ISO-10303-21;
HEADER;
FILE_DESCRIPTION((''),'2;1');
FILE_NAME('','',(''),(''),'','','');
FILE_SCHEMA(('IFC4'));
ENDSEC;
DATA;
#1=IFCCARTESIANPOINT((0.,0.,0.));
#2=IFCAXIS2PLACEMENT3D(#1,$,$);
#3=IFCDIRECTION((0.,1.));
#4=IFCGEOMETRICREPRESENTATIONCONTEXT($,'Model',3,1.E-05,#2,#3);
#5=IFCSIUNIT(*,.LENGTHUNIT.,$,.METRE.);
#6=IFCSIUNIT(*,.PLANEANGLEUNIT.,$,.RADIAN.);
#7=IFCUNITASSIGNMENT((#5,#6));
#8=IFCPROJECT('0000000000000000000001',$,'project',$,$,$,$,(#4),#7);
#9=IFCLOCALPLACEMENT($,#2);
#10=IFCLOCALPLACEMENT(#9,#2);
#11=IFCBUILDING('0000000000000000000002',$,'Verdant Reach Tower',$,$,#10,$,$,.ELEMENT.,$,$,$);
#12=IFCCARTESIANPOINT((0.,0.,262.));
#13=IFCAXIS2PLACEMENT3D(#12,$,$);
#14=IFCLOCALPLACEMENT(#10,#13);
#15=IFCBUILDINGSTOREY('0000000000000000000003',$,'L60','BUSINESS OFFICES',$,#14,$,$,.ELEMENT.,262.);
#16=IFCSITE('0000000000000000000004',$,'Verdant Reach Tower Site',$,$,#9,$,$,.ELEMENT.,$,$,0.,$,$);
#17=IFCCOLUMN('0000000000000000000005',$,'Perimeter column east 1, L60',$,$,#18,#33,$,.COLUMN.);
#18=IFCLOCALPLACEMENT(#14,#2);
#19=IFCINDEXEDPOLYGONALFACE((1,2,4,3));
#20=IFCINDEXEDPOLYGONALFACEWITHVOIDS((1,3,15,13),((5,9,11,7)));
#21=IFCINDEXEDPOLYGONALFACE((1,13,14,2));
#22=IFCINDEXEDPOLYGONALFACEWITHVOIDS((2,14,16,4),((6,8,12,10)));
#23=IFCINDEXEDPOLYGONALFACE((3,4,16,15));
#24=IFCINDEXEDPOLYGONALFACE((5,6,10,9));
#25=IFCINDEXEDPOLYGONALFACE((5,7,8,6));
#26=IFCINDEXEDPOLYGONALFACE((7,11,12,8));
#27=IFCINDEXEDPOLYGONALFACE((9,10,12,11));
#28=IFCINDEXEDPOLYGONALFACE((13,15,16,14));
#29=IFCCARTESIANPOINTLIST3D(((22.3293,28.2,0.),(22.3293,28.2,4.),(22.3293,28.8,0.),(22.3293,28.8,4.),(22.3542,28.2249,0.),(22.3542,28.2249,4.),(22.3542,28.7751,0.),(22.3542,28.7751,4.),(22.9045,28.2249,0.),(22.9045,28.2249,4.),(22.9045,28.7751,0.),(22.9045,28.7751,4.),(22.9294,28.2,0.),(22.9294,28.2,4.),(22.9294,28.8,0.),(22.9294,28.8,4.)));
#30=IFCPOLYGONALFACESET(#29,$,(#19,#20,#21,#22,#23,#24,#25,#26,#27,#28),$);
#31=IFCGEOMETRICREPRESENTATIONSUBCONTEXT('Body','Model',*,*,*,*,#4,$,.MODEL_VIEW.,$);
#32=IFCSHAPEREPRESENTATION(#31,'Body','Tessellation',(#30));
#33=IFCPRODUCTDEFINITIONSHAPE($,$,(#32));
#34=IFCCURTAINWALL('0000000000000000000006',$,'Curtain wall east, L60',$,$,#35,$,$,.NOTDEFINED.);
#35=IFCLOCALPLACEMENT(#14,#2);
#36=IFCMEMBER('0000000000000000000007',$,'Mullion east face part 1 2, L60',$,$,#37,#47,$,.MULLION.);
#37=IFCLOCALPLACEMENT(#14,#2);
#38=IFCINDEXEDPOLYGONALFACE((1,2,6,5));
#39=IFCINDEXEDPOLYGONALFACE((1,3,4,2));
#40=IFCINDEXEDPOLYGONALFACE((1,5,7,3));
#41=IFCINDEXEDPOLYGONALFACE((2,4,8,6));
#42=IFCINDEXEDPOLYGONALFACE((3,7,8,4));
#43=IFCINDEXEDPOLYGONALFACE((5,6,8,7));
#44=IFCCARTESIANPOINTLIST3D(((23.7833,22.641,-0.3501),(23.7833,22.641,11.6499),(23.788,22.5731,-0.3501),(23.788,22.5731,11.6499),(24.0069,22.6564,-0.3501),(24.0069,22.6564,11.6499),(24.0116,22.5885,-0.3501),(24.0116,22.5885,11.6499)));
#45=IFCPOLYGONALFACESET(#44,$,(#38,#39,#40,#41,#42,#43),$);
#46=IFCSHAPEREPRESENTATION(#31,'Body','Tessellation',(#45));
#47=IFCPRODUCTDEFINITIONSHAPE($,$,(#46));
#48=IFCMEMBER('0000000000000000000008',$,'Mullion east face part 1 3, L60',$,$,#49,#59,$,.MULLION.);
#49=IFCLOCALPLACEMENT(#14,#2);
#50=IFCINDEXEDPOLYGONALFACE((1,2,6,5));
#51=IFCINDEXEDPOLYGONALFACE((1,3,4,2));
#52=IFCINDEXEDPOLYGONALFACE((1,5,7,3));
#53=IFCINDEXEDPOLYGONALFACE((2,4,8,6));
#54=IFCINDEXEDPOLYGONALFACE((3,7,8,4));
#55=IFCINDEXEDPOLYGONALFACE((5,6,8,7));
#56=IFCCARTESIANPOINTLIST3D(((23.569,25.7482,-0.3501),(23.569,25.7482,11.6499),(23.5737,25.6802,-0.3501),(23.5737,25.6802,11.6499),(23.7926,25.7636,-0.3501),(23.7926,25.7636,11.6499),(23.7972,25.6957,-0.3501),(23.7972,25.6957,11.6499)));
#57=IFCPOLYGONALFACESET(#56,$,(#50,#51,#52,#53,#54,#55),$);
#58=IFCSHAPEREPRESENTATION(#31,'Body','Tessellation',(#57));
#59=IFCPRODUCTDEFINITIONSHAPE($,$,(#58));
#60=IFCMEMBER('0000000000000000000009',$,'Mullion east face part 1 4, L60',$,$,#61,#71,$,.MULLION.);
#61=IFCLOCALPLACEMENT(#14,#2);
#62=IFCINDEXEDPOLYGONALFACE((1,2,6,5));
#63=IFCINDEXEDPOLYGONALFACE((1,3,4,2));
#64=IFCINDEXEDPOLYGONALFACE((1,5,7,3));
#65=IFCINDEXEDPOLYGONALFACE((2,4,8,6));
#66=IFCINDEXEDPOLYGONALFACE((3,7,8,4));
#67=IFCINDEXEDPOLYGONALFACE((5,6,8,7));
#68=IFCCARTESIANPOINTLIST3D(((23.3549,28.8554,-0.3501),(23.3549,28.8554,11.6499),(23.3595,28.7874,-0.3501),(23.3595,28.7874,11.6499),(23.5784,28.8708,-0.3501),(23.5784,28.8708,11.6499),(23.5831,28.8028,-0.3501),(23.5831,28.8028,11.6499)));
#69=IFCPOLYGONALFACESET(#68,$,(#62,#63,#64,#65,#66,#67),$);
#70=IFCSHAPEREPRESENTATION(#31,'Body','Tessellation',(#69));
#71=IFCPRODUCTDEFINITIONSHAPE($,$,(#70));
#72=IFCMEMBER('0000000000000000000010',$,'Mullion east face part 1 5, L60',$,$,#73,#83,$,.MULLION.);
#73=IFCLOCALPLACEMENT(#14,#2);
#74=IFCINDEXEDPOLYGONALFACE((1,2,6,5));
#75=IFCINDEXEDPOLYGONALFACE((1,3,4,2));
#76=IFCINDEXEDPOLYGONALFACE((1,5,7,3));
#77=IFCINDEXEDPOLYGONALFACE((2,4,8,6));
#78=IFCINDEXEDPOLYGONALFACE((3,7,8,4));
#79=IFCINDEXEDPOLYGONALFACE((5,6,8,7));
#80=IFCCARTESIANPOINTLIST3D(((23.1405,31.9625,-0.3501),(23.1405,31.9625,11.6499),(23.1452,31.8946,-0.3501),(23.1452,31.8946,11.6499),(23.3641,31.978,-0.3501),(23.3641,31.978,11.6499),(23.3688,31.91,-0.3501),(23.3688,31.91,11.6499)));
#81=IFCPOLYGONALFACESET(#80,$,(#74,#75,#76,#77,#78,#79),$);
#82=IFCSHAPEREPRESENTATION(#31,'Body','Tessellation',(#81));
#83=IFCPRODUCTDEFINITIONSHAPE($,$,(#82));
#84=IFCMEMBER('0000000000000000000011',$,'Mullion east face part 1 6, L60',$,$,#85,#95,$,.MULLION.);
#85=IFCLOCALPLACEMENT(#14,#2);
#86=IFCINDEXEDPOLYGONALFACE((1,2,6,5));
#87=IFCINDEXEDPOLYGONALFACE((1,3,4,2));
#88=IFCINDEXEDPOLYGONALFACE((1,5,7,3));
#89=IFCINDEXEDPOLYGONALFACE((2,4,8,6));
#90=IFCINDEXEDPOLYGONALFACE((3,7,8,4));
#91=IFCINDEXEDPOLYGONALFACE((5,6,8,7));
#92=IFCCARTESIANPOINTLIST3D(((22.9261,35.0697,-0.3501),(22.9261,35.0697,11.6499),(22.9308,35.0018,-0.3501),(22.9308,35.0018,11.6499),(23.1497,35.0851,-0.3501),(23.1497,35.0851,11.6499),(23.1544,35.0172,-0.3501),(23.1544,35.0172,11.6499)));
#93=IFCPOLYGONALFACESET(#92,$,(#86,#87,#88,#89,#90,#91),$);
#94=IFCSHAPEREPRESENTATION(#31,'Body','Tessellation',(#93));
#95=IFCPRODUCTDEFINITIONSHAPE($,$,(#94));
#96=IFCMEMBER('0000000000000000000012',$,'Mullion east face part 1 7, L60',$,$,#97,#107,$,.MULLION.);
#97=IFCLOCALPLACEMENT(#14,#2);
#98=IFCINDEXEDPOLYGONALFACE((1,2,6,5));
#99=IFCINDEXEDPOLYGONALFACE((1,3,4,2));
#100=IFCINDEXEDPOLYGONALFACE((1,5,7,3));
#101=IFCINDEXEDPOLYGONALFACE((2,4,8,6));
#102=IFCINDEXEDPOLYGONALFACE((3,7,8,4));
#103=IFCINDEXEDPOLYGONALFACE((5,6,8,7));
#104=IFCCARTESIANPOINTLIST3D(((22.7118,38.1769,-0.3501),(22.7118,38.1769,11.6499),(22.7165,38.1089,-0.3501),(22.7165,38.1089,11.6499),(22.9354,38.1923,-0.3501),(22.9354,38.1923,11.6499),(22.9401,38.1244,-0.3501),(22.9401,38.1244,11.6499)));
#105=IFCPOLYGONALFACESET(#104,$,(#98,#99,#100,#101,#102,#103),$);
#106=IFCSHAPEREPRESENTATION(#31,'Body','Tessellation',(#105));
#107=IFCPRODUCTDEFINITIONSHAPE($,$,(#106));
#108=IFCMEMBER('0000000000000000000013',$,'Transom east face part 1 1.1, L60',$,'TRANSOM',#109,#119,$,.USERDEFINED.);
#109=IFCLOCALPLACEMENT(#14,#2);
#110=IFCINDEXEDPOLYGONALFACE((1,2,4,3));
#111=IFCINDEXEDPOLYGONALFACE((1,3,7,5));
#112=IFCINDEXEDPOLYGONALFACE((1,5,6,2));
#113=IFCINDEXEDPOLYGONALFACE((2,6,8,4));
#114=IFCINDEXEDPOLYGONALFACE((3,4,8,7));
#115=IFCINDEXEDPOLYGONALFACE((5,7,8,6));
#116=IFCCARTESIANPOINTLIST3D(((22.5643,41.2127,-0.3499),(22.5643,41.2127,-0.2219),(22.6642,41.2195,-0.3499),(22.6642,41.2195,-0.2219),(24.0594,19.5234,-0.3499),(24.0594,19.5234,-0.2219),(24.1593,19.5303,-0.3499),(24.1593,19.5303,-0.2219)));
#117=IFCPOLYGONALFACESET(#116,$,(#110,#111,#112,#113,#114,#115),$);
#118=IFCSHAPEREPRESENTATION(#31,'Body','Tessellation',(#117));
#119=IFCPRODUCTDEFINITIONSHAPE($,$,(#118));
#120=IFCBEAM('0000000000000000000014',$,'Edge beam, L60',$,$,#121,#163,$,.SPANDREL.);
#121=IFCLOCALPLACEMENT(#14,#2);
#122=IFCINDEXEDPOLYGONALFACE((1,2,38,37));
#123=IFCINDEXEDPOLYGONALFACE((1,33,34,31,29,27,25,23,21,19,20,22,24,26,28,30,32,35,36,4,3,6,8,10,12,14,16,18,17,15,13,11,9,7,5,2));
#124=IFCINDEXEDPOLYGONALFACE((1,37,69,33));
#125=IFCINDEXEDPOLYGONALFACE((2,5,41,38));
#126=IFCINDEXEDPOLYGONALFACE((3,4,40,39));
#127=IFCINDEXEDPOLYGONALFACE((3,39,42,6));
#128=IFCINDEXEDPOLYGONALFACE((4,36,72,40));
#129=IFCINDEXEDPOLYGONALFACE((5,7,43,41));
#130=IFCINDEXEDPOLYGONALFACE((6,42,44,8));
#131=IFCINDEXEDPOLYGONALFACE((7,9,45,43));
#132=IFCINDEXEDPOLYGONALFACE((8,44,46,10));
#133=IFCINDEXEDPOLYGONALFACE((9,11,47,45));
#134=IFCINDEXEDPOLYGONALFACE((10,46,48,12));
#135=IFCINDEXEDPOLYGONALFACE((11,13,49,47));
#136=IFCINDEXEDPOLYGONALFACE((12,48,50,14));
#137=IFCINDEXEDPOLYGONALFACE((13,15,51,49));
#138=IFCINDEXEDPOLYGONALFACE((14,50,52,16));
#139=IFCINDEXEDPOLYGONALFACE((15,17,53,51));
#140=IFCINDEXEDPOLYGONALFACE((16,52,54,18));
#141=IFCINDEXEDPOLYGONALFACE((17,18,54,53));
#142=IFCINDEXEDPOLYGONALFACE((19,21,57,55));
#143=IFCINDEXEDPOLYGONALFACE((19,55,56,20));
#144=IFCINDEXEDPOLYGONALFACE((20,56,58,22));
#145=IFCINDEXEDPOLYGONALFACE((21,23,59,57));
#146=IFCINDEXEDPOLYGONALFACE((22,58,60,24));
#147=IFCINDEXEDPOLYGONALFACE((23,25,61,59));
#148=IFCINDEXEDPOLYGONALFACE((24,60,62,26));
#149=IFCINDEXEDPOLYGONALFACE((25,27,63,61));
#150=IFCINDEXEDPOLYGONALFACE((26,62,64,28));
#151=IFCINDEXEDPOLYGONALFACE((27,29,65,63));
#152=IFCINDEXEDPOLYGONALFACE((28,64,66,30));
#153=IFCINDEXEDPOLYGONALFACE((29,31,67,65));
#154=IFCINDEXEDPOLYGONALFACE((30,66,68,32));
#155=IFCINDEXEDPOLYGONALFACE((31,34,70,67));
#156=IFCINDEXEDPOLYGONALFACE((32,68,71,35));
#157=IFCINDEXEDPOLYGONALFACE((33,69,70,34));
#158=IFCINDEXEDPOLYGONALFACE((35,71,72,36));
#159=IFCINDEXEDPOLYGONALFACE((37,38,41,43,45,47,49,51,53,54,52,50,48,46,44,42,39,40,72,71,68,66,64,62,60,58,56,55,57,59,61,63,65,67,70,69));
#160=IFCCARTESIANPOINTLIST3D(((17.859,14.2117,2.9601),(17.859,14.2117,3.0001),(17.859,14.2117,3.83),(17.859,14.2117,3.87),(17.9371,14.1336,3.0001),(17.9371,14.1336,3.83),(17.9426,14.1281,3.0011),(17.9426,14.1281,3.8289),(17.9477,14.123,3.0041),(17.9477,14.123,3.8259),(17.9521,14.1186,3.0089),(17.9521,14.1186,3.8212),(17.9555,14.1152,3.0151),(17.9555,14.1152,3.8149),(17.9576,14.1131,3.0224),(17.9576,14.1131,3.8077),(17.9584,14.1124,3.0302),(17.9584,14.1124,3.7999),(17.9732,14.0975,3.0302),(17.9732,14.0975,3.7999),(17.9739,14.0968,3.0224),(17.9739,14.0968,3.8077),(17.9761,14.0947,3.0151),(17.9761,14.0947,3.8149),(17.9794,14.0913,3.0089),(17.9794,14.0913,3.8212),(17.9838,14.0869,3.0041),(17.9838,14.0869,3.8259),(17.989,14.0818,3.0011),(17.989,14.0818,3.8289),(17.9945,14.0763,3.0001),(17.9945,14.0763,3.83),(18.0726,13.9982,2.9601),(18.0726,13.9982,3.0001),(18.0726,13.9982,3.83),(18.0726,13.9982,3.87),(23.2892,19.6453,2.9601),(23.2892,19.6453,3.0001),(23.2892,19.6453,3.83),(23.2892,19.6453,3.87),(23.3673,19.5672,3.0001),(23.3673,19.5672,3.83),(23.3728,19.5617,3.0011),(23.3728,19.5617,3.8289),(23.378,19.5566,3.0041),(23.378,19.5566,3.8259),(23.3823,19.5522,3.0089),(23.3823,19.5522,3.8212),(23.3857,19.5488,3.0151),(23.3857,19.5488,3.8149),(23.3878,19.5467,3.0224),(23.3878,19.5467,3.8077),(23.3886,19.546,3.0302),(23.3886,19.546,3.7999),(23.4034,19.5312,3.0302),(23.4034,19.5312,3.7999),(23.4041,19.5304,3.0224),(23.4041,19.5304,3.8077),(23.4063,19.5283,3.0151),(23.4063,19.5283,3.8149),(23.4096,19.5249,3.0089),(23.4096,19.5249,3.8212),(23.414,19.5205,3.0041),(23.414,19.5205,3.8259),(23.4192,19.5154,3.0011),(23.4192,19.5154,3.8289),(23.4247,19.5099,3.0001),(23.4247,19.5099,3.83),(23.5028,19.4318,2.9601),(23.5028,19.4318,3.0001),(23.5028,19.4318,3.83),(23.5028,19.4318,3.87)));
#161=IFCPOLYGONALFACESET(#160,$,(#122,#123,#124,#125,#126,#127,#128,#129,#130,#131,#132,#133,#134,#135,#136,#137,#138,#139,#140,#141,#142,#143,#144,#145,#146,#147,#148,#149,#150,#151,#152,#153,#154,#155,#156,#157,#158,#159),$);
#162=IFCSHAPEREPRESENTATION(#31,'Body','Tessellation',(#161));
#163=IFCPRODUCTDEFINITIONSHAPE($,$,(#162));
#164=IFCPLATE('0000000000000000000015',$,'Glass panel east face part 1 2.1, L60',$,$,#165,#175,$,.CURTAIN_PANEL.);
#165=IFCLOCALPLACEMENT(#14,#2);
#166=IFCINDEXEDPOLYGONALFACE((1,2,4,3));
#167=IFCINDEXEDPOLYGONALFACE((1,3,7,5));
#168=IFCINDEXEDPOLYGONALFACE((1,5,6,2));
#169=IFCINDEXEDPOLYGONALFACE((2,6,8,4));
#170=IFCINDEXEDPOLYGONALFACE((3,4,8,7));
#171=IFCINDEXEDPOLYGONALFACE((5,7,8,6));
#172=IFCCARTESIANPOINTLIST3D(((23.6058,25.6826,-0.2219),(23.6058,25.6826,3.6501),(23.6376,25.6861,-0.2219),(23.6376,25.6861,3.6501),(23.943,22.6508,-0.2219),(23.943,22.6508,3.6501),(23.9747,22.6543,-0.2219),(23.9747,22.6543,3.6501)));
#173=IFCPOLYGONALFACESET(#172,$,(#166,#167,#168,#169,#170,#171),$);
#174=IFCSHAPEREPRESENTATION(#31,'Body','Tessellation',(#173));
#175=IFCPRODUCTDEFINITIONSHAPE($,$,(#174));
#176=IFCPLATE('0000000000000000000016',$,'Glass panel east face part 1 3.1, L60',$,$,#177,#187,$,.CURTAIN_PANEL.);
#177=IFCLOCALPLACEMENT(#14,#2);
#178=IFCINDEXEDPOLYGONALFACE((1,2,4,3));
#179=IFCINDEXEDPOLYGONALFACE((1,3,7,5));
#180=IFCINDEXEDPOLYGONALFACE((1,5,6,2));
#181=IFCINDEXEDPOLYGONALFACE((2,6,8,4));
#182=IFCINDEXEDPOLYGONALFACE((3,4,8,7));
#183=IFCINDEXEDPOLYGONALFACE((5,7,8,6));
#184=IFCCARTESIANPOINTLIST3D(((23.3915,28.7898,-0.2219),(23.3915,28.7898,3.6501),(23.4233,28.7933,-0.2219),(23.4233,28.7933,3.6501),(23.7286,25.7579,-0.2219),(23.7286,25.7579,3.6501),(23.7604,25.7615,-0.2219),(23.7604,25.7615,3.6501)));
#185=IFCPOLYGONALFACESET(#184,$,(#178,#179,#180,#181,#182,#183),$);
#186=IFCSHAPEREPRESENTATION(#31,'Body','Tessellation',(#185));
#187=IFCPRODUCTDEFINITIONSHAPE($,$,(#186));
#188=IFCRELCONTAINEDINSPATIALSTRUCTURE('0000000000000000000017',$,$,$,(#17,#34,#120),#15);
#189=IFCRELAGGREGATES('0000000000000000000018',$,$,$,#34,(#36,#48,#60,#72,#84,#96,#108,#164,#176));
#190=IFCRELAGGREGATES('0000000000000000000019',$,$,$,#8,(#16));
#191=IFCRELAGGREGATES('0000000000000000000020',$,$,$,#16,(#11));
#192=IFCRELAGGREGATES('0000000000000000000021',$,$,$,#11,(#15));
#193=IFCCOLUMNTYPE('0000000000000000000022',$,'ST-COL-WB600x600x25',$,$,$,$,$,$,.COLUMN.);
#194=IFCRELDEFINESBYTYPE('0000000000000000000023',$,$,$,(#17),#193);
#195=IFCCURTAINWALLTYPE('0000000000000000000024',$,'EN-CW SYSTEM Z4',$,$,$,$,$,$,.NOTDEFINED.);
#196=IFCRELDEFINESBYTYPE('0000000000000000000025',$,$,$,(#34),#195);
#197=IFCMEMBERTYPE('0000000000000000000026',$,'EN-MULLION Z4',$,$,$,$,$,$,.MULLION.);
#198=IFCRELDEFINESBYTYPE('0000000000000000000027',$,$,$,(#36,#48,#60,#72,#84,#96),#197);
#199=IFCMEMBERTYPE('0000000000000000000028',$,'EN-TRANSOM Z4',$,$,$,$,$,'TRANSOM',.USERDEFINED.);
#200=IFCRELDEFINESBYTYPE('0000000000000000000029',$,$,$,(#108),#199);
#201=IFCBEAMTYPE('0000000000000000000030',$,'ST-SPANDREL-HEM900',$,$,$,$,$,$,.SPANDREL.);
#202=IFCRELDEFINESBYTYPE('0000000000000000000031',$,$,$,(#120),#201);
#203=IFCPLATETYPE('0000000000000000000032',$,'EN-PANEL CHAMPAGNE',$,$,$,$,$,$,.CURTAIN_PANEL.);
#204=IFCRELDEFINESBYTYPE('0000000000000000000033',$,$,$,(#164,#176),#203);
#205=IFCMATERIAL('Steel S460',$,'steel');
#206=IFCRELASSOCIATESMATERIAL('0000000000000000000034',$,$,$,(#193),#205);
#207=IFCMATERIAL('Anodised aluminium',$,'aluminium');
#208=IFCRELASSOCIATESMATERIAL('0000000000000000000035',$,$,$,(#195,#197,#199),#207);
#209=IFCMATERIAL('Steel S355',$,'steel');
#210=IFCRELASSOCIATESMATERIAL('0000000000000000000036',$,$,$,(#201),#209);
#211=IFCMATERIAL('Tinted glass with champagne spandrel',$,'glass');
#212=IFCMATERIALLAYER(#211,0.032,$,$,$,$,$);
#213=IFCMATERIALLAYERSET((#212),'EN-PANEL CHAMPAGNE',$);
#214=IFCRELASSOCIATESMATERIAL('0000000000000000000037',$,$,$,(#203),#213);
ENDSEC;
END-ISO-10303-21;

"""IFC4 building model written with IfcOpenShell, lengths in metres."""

from ifc_helpers import new_model, si_unit, direction, frame, origin, origin_2d, place, context, subcontext, project, spatial, rectangle, hollow_rectangle, i_section, extrude, material, layer, layer_set, material_profile, profile_set, type_object, element, aggregate, save


model = new_model("IFC4")

# Units and contexts
model_context = context("Model", 3, precision=1e-05, world=origin(), true_north=direction((0.0, 1.0)))
body_context = subcontext(model_context, "Body", "Model", "MODEL_VIEW")
ifc_project = project(units=[si_unit("LENGTHUNIT", "METRE"), si_unit("PLANEANGLEUNIT", "RADIAN")], contexts=[model_context])

# Site, building, storey
site_placement = place(None, origin())
site = spatial("IfcSite", under=ifc_project, at=site_placement, Name="Verdant Reach Tower Site", CompositionType="ELEMENT", RefElevation=0.0)
building_placement = place(site_placement, origin())
building = spatial("IfcBuilding", under=site, at=building_placement, Name="Verdant Reach Tower", CompositionType="ELEMENT")
storey_placement = place(building_placement, frame((0.0, 0.0, 262.0)))
storey = spatial("IfcBuildingStorey", under=building, at=storey_placement, Name="L60", Description="BUSINESS OFFICES", CompositionType="ELEMENT", Elevation=262.0)

# Column
ifc_material_1 = material(Name="Steel S460", Category="steel")
ifc_material_profile_1 = material_profile(ifc_material_1, hollow_rectangle(XDim=0.6001, YDim=0.6001, WallThickness=0.0249, at=origin_2d()), Name="WB 600x600x25")
ifc_profile_set_1 = profile_set([ifc_material_profile_1], Name="Steel S460")
column_type = type_object("IfcColumnType", Name="ST-COL-WB600x600x25", PredefinedType="COLUMN", material=ifc_profile_set_1)
column_placement = place(storey_placement, frame((22.6294, 28.5, 0.0), z_axis=(0.0, 0.0, 1.0), x_axis=(1.0, 0.0, 0.0)))
element("IfcColumn", 1, at=column_placement, inside=storey, type_object=column_type, Name="Perimeter column east 1, L60", PredefinedType="COLUMN", context=body_context, shape_type="SweptSolid", body=[
    extrude(hollow_rectangle(XDim=0.6001, YDim=0.6001, WallThickness=0.0249, at=origin_2d()), origin(), (0.0, 0.0, 1.0), 4.0),
])

# Curtain wall, members
ifc_material_2 = material(Name="Anodised aluminium", Category="aluminium")
curtain_wall_type = type_object("IfcCurtainWallType", Name="EN-CW SYSTEM Z4", PredefinedType="NOTDEFINED", material=ifc_material_2)
curtain_wall_placement = place(storey_placement, origin())
curtain_wall = element("IfcCurtainWall", 2, at=curtain_wall_placement, inside=storey, type_object=curtain_wall_type, Name="Curtain wall east, L60", PredefinedType="NOTDEFINED")
ifc_material_profile_2 = material_profile(ifc_material_2, rectangle(XDim=0.2241, YDim=0.0681, at=origin_2d()), Name="Mullion 68x224")
ifc_profile_set_2 = profile_set([ifc_material_profile_2], Name="Anodised aluminium")
member_type_1 = type_object("IfcMemberType", Name="EN-MULLION Z4", PredefinedType="MULLION", material=ifc_profile_set_2)
member_1_placement = place(storey_placement, frame((23.8975, 22.6147, -0.3501), z_axis=(0.0, 0.0, 1.0), x_axis=(0.99763, 0.068802, 0.0)))
member_1 = element("IfcMember", 3, at=member_1_placement, type_object=member_type_1, Name="Mullion east face part 1 2, L60", PredefinedType="MULLION", context=body_context, shape_type="SweptSolid", body=[
    extrude(rectangle(XDim=0.2241, YDim=0.0681, at=origin_2d()), origin(), (0.0, 0.0, 1.0), 12.0),
])
member_2_placement = place(storey_placement, frame((23.6831, 25.7219, -0.3501), z_axis=(0.0, 0.0, 1.0), x_axis=(0.99763, 0.068802, 0.0)))
member_2 = element("IfcMember", 4, at=member_2_placement, type_object=member_type_1, Name="Mullion east face part 1 3, L60", PredefinedType="MULLION", context=body_context, shape_type="SweptSolid", body=[
    extrude(rectangle(XDim=0.2241, YDim=0.0681, at=origin_2d()), origin(), (0.0, 0.0, 1.0), 12.0),
])
member_3_placement = place(storey_placement, frame((23.469, 28.8291, -0.3501), z_axis=(0.0, 0.0, 1.0), x_axis=(0.99763, 0.068802, 0.0)))
member_3 = element("IfcMember", 5, at=member_3_placement, type_object=member_type_1, Name="Mullion east face part 1 4, L60", PredefinedType="MULLION", context=body_context, shape_type="SweptSolid", body=[
    extrude(rectangle(XDim=0.2241, YDim=0.0681, at=origin_2d()), origin(), (0.0, 0.0, 1.0), 12.0),
])
member_4_placement = place(storey_placement, frame((23.2546, 31.9363, -0.3501), z_axis=(0.0, 0.0, 1.0), x_axis=(0.99763, 0.068802, 0.0)))
member_4 = element("IfcMember", 6, at=member_4_placement, type_object=member_type_1, Name="Mullion east face part 1 5, L60", PredefinedType="MULLION", context=body_context, shape_type="SweptSolid", body=[
    extrude(rectangle(XDim=0.2241, YDim=0.0681, at=origin_2d()), origin(), (0.0, 0.0, 1.0), 12.0),
])
member_5_placement = place(storey_placement, frame((23.0403, 35.0435, -0.3501), z_axis=(0.0, 0.0, 1.0), x_axis=(0.99763, 0.068802, 0.0)))
member_5 = element("IfcMember", 7, at=member_5_placement, type_object=member_type_1, Name="Mullion east face part 1 6, L60", PredefinedType="MULLION", context=body_context, shape_type="SweptSolid", body=[
    extrude(rectangle(XDim=0.2241, YDim=0.0681, at=origin_2d()), origin(), (0.0, 0.0, 1.0), 12.0),
])
member_6_placement = place(storey_placement, frame((22.8259, 38.1506, -0.3501), z_axis=(0.0, 0.0, 1.0), x_axis=(0.99763, 0.068802, 0.0)))
member_6 = element("IfcMember", 8, at=member_6_placement, type_object=member_type_1, Name="Mullion east face part 1 7, L60", PredefinedType="MULLION", context=body_context, shape_type="SweptSolid", body=[
    extrude(rectangle(XDim=0.2241, YDim=0.0681, at=origin_2d()), origin(), (0.0, 0.0, 1.0), 12.0),
])
ifc_material_profile_3 = material_profile(ifc_material_2, rectangle(XDim=0.1001, YDim=0.1279, at=origin_2d()), Name="Transom 128x100")
ifc_profile_set_3 = profile_set([ifc_material_profile_3], Name="Anodised aluminium")
member_type_2 = type_object("IfcMemberType", Name="EN-TRANSOM Z4", ElementType="TRANSOM", PredefinedType="USERDEFINED", material=ifc_profile_set_3)
member_7_placement = place(storey_placement, frame((24.1094, 19.5269, -0.2859), z_axis=(-0.06877, 0.997633, 0.0), x_axis=(-0.997633, -0.06877, 0.0)))
member_7 = element("IfcMember", 9, at=member_7_placement, type_object=member_type_2, Name="Transom east face part 1 1.1, L60", ObjectType="TRANSOM", PredefinedType="USERDEFINED", context=body_context, shape_type="SweptSolid", body=[
    extrude(rectangle(XDim=0.1001, YDim=0.1279, at=origin_2d()), origin(), (0.0, 0.0, 1.0), 21.7407),
])

# Beam
ifc_material_3 = material(Name="Steel S355", Category="steel")
ifc_material_profile_4 = material_profile(ifc_material_3, i_section(OverallWidth=0.302, OverallDepth=0.9099, WebThickness=0.021, FlangeThickness=0.04, FilletRadius=0.03, at=origin_2d()), Name="HEM 900")
ifc_profile_set_4 = profile_set([ifc_material_profile_4], Name="Steel S355")
beam_type = type_object("IfcBeamType", Name="ST-SPANDREL-HEM900", PredefinedType="SPANDREL", material=ifc_profile_set_4)
beam_placement = place(storey_placement, frame((23.396, 19.5386, 3.415), z_axis=(-0.706884, -0.707329, 0.0), x_axis=(0.707329, -0.706884, 0.0)))
element("IfcBeam", 10, at=beam_placement, inside=storey, type_object=beam_type, Name="Edge beam, L60", PredefinedType="SPANDREL", context=body_context, shape_type="SweptSolid", body=[
    extrude(i_section(OverallWidth=0.302, OverallDepth=0.9099, WebThickness=0.021, FlangeThickness=0.04, FilletRadius=0.03, at=origin_2d()), origin(), (0.0, 0.0, 1.0), 7.6819),
])

# Plates
ifc_material_4 = material(Name="Tinted glass with champagne spandrel", Category="glass")
ifc_layer_1 = layer(ifc_material_4, 0.032)
ifc_layer_set_1 = layer_set([ifc_layer_1], Name="EN-PANEL CHAMPAGNE")
plate_type_1 = type_object("IfcPlateType", Name="EN-PANEL CHAMPAGNE", PredefinedType="CURTAIN_PANEL", material=ifc_layer_set_1)
plate_1_placement = place(storey_placement, frame((23.7903, 24.1685, -0.2219), z_axis=(0.0, 0.0, 1.0), x_axis=(-0.110518, 0.993874, 0.0)))
plate_1 = element("IfcPlate", 11, at=plate_1_placement, type_object=plate_type_1, Name="Glass panel east face part 1 2.1, L60", PredefinedType="CURTAIN_PANEL", context=body_context, shape_type="SweptSolid", body=[
    extrude(rectangle(XDim=3.0505, YDim=0.032, at=origin_2d()), origin(), (0.0, 0.0, 1.0), 3.8721),
])
plate_2_placement = place(storey_placement, frame((23.5759, 27.2756, -0.2219), z_axis=(0.0, 0.0, 1.0), x_axis=(-0.110518, 0.993874, 0.0)))
plate_2 = element("IfcPlate", 12, at=plate_2_placement, type_object=plate_type_1, Name="Glass panel east face part 1 3.1, L60", PredefinedType="CURTAIN_PANEL", context=body_context, shape_type="SweptSolid", body=[
    extrude(rectangle(XDim=3.0505, YDim=0.032, at=origin_2d()), origin(), (0.0, 0.0, 1.0), 3.8721),
])
aggregate(curtain_wall, [member_1, member_2, member_3, member_4, member_5, member_6, member_7, plate_1, plate_2])

save(model, "model.ifc")
